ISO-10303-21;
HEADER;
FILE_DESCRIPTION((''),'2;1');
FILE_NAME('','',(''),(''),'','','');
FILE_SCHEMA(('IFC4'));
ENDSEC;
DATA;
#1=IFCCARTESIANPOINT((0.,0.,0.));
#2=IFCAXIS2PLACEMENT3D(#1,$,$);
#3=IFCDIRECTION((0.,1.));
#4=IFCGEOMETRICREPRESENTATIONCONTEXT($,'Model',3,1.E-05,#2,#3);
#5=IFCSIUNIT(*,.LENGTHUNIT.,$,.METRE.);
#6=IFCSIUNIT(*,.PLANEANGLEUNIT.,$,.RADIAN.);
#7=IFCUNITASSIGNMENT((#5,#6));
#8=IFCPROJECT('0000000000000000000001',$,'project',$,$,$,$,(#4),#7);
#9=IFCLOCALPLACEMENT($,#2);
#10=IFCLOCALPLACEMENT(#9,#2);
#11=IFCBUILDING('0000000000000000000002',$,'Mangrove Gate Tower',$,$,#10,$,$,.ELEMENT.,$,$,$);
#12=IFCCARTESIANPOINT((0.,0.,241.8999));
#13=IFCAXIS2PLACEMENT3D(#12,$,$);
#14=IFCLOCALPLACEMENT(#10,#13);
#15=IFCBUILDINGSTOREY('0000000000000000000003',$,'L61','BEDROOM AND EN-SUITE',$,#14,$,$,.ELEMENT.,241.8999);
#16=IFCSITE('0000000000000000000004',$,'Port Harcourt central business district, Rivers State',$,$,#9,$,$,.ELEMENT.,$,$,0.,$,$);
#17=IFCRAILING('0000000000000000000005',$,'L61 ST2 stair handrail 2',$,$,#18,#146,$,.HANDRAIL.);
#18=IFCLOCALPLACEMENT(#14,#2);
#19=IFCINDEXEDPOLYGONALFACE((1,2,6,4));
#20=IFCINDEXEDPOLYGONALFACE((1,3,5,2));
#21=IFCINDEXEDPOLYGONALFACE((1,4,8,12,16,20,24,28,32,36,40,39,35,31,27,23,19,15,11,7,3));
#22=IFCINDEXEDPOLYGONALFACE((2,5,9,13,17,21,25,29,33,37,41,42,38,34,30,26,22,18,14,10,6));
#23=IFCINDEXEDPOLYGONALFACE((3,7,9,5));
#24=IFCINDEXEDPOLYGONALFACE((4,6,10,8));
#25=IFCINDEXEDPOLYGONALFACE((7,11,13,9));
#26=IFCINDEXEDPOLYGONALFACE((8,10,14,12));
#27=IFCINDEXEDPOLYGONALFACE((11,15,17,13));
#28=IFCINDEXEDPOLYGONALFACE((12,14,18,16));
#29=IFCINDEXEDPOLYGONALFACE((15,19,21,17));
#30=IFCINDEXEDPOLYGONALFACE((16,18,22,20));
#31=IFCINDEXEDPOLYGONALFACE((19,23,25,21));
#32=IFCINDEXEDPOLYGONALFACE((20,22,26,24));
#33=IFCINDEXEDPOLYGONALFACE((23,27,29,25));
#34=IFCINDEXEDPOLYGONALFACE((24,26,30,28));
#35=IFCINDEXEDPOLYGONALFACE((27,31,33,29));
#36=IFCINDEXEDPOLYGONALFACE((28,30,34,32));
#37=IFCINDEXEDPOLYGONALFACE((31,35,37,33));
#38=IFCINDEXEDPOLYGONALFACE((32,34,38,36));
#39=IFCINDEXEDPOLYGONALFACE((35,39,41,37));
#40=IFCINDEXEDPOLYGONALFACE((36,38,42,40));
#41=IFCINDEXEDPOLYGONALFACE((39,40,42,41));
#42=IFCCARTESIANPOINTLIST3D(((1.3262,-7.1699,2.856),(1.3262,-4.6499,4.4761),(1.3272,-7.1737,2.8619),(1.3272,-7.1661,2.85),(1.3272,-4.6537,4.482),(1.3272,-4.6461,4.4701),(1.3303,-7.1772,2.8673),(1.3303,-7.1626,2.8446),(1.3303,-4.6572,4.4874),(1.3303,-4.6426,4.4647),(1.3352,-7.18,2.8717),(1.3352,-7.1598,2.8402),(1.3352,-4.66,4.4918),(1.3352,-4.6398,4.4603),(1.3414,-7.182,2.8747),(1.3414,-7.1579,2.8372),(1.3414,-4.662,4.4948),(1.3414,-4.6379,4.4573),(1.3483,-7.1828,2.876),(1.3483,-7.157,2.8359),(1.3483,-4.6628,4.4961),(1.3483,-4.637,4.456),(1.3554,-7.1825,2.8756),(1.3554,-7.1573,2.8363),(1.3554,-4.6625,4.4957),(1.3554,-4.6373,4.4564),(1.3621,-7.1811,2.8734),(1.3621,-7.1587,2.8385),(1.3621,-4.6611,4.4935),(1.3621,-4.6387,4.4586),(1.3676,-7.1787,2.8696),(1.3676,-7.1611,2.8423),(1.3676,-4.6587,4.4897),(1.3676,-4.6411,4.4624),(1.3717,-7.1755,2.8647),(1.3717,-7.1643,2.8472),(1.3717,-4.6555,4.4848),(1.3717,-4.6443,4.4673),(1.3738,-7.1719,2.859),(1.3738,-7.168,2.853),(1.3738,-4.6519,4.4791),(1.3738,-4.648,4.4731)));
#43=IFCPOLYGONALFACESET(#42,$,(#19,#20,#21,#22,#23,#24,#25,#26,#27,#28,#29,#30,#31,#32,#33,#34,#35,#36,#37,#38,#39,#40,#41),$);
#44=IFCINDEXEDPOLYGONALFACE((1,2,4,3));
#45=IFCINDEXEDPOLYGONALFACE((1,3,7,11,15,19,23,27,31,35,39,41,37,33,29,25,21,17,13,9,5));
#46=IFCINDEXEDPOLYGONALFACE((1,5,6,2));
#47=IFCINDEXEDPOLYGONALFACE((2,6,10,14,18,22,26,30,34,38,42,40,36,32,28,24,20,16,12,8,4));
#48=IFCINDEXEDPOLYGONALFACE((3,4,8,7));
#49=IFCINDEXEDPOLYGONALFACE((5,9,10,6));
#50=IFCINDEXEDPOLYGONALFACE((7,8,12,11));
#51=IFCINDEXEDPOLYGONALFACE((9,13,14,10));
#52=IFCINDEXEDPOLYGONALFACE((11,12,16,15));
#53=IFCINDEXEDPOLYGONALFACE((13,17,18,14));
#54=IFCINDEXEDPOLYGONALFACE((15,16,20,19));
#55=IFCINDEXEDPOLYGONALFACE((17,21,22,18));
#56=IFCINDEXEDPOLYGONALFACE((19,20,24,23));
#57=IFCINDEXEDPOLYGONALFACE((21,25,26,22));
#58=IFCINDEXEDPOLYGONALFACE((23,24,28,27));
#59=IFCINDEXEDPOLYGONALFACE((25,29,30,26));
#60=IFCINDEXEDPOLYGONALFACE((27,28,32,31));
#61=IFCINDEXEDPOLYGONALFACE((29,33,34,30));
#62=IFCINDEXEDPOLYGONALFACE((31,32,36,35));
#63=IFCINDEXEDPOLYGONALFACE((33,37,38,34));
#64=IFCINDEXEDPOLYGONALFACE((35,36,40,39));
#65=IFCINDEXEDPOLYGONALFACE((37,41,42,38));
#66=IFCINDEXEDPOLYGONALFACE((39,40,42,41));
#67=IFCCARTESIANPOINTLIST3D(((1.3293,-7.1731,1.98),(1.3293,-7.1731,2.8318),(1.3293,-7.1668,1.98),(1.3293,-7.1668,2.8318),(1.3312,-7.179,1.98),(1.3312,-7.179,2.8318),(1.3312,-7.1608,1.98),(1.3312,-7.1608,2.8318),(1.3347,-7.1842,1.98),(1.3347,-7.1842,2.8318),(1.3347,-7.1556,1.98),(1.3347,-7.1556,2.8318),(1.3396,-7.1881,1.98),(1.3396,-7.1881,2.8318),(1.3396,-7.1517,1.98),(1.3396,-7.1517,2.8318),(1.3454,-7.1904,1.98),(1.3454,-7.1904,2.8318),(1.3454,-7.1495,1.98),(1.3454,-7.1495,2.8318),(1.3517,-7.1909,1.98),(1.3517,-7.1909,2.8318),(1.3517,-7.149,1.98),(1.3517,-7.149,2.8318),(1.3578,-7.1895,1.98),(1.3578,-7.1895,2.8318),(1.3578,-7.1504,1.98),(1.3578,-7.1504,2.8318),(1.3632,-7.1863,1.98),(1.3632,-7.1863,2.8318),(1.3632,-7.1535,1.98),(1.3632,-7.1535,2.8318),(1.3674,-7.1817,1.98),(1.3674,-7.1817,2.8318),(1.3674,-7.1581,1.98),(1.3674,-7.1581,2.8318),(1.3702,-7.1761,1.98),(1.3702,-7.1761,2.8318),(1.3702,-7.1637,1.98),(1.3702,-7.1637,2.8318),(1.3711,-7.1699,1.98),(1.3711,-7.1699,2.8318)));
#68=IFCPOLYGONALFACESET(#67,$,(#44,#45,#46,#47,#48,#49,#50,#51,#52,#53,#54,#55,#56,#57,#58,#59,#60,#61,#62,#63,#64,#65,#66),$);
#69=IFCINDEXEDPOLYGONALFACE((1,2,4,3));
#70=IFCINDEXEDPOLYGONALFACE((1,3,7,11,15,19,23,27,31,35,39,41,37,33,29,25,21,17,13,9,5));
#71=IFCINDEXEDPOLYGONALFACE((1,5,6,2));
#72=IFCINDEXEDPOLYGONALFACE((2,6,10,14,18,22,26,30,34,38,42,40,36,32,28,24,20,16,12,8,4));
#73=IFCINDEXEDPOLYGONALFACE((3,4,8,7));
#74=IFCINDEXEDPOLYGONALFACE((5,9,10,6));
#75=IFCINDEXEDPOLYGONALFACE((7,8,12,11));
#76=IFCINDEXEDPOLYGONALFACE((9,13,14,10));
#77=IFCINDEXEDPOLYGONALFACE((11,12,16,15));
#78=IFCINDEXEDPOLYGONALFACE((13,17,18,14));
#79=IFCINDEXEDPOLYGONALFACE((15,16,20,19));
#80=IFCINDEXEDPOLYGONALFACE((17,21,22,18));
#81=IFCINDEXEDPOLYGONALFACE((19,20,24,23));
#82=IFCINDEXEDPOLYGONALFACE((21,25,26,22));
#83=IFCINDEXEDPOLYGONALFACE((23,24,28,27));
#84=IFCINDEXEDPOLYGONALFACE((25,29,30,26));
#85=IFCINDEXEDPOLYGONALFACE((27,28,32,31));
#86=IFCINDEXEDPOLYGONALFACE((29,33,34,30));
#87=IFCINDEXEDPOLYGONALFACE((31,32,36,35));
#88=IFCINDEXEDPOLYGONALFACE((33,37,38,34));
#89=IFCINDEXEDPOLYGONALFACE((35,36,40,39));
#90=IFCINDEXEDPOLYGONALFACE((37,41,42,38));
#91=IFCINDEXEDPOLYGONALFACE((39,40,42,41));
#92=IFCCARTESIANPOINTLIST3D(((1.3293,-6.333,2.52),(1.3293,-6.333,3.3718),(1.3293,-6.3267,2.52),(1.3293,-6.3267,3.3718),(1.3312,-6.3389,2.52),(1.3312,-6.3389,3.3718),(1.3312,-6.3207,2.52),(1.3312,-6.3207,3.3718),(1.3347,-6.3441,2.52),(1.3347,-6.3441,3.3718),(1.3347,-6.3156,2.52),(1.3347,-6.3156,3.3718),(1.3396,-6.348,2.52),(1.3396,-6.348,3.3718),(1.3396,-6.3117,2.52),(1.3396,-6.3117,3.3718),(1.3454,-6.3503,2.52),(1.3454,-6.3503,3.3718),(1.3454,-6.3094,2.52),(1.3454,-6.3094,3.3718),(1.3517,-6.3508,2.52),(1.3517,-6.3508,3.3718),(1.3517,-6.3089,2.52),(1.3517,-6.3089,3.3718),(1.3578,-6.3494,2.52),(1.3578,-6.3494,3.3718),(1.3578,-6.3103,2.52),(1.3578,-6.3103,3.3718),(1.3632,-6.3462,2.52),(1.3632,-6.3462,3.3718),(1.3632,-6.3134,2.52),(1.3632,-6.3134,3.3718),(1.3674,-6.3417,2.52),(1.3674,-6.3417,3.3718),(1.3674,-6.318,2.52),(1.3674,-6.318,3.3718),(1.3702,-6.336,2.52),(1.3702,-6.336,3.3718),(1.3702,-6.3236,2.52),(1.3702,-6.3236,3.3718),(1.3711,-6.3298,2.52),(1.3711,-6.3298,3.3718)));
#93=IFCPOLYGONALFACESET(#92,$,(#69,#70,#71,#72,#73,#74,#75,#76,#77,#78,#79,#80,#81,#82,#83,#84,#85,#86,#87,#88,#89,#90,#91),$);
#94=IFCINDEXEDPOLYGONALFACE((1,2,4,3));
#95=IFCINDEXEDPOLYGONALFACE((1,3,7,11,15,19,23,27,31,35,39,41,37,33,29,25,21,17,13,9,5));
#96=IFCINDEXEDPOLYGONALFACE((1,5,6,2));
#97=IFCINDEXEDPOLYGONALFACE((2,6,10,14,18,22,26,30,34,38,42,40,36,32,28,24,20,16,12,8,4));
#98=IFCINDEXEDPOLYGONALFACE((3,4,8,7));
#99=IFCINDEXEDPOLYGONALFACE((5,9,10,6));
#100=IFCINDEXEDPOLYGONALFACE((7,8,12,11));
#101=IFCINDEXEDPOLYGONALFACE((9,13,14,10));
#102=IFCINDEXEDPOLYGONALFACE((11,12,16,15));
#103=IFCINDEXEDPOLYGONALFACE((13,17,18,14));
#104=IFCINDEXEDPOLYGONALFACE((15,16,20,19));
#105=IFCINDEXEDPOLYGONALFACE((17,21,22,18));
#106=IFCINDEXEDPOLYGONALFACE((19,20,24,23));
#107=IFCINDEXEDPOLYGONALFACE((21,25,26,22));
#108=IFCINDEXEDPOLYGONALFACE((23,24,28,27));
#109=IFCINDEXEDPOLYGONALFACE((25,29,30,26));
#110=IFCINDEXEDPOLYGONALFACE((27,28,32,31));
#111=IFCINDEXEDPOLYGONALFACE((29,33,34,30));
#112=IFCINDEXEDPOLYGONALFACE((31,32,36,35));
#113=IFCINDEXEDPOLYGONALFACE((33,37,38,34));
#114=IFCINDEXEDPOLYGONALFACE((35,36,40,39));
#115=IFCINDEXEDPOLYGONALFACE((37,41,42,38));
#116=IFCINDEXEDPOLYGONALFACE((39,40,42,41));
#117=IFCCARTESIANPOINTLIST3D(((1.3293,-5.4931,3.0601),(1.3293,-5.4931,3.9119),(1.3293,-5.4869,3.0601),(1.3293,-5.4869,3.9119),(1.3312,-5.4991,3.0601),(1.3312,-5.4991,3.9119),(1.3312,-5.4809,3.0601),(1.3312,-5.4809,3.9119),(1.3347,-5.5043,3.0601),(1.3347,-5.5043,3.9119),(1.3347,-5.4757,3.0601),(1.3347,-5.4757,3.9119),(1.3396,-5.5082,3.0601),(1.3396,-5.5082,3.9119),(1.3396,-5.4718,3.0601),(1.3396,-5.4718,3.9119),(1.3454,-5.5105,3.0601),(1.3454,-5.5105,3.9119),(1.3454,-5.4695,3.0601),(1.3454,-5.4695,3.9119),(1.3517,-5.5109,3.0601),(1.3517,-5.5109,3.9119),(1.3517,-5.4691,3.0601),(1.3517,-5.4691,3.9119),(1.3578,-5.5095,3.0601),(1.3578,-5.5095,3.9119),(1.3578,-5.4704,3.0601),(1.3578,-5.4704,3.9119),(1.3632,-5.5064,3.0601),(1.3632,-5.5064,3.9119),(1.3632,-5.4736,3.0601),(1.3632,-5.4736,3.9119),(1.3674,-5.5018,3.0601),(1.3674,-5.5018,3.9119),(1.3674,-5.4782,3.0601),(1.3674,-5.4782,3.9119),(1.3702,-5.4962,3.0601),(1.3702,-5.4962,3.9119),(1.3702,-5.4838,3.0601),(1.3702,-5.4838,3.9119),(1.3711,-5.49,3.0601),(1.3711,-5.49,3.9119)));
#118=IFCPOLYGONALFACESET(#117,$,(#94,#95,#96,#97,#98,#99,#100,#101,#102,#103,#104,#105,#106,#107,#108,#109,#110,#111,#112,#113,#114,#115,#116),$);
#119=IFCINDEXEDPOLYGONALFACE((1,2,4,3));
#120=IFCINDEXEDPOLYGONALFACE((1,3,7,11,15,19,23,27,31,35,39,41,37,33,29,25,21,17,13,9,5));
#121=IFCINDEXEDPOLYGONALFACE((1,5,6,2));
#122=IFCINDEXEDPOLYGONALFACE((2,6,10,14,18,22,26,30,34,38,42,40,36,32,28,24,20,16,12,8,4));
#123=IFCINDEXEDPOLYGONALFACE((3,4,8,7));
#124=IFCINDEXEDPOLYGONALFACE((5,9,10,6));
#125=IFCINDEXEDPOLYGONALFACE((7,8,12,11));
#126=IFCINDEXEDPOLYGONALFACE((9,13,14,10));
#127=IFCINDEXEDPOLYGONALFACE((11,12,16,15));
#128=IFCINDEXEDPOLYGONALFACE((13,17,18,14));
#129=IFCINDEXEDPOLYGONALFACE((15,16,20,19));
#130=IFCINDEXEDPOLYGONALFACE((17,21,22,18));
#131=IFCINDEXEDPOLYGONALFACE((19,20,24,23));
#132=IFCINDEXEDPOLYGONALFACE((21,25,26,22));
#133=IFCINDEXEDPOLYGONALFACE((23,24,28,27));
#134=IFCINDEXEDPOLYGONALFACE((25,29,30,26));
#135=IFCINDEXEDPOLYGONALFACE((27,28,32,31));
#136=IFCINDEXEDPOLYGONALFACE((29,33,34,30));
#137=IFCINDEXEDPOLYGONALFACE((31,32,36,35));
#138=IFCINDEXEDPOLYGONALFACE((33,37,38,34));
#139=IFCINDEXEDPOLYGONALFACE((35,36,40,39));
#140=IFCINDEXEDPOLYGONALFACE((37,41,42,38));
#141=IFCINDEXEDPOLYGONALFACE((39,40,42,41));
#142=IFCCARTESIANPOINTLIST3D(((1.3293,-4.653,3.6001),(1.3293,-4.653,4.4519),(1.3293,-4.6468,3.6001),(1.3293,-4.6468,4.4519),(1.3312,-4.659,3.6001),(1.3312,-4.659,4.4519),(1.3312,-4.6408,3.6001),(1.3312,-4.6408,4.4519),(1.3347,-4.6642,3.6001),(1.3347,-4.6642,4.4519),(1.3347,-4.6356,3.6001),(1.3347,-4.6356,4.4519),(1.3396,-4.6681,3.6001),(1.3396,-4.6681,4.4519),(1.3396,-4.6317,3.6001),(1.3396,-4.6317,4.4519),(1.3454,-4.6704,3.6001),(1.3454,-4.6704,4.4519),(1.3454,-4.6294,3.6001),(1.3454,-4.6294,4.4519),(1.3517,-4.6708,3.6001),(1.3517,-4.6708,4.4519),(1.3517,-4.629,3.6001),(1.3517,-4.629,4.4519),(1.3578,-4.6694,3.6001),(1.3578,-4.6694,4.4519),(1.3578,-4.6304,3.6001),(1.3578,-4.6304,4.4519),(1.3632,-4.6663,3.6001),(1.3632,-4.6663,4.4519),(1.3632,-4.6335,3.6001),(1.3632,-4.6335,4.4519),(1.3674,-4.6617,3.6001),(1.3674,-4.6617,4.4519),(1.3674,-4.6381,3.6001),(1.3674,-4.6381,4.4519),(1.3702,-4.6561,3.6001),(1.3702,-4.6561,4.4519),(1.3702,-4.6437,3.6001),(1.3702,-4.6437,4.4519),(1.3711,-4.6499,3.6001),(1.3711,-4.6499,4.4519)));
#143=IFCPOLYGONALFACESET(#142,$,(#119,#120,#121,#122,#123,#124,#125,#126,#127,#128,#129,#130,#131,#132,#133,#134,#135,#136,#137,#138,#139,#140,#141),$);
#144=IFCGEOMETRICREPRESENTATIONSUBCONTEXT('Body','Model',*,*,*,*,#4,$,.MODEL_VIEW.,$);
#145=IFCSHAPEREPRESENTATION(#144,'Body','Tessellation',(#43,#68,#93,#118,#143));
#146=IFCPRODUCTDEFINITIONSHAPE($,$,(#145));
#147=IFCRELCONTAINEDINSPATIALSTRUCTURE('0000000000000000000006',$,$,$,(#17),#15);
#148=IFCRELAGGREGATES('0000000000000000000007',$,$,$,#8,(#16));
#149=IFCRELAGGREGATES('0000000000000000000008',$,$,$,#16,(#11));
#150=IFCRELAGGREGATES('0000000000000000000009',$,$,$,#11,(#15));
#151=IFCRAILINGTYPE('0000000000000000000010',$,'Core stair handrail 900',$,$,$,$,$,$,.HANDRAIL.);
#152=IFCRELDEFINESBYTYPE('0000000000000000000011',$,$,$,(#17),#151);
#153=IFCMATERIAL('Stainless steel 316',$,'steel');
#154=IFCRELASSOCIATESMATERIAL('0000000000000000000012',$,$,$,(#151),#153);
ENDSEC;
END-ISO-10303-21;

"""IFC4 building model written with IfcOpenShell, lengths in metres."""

from ifc_helpers import new_model, si_unit, direction, frame, origin, origin_2d, place, context, subcontext, project, spatial, circle, extrude, material, type_object, element, save


model = new_model("IFC4")

# Units and contexts
model_context = context("Model", 3, precision=1e-05, world=origin(), true_north=direction((0.0, 1.0)))
body_context = subcontext(model_context, "Body", "Model", "MODEL_VIEW")
ifc_project = project(units=[si_unit("LENGTHUNIT", "METRE"), si_unit("PLANEANGLEUNIT", "RADIAN")], contexts=[model_context])

# Site, building, storey
site_placement = place(None, origin())
site = spatial("IfcSite", under=ifc_project, at=site_placement, Name="Port Harcourt central business district, Rivers State", CompositionType="ELEMENT", RefElevation=0.0)
building_placement = place(site_placement, origin())
building = spatial("IfcBuilding", under=site, at=building_placement, Name="Mangrove Gate Tower", CompositionType="ELEMENT")
storey_placement = place(building_placement, frame((0.0, 0.0, 241.8999)))
storey = spatial("IfcBuildingStorey", under=building, at=storey_placement, Name="L61", Description="BEDROOM AND EN-SUITE", CompositionType="ELEMENT", Elevation=241.8999)

# Railing
ifc_material_1 = material(Name="Stainless steel 316", Category="steel")
railing_type_1 = type_object("IfcRailingType", Name="Core stair handrail 900", PredefinedType="HANDRAIL", material=ifc_material_1)
railing_1_placement = place(storey_placement, frame((1.3501, -7.1699, 1.98)))
element("IfcRailing", 1, at=railing_1_placement, inside=storey, type_object=railing_type_1, Name="L61 ST2 stair handrail 2", PredefinedType="HANDRAIL", context=body_context, shape_type="SweptSolid", body=[
    extrude(circle(Radius=0.0239, at=origin_2d()), frame((0.0, 0.0, 0.876), z_axis=(0.0, 0.841163, 0.540782), x_axis=(-1.0, 0.0, 0.0)), (0.0, 0.0, 1.0), 2.9958),
    extrude(circle(Radius=0.021, at=origin_2d()), origin(), (0.0, 0.0, 1.0), 0.8518),
    extrude(circle(Radius=0.021, at=origin_2d()), frame((0.0, 0.8401, 0.54)), (0.0, 0.0, 1.0), 0.8518),
    extrude(circle(Radius=0.021, at=origin_2d()), frame((0.0, 1.6799, 1.0801)), (0.0, 0.0, 1.0), 0.8518),
    extrude(circle(Radius=0.021, at=origin_2d()), frame((0.0, 2.52, 1.6201)), (0.0, 0.0, 1.0), 0.8518),
])

save(model, "model.ifc")
